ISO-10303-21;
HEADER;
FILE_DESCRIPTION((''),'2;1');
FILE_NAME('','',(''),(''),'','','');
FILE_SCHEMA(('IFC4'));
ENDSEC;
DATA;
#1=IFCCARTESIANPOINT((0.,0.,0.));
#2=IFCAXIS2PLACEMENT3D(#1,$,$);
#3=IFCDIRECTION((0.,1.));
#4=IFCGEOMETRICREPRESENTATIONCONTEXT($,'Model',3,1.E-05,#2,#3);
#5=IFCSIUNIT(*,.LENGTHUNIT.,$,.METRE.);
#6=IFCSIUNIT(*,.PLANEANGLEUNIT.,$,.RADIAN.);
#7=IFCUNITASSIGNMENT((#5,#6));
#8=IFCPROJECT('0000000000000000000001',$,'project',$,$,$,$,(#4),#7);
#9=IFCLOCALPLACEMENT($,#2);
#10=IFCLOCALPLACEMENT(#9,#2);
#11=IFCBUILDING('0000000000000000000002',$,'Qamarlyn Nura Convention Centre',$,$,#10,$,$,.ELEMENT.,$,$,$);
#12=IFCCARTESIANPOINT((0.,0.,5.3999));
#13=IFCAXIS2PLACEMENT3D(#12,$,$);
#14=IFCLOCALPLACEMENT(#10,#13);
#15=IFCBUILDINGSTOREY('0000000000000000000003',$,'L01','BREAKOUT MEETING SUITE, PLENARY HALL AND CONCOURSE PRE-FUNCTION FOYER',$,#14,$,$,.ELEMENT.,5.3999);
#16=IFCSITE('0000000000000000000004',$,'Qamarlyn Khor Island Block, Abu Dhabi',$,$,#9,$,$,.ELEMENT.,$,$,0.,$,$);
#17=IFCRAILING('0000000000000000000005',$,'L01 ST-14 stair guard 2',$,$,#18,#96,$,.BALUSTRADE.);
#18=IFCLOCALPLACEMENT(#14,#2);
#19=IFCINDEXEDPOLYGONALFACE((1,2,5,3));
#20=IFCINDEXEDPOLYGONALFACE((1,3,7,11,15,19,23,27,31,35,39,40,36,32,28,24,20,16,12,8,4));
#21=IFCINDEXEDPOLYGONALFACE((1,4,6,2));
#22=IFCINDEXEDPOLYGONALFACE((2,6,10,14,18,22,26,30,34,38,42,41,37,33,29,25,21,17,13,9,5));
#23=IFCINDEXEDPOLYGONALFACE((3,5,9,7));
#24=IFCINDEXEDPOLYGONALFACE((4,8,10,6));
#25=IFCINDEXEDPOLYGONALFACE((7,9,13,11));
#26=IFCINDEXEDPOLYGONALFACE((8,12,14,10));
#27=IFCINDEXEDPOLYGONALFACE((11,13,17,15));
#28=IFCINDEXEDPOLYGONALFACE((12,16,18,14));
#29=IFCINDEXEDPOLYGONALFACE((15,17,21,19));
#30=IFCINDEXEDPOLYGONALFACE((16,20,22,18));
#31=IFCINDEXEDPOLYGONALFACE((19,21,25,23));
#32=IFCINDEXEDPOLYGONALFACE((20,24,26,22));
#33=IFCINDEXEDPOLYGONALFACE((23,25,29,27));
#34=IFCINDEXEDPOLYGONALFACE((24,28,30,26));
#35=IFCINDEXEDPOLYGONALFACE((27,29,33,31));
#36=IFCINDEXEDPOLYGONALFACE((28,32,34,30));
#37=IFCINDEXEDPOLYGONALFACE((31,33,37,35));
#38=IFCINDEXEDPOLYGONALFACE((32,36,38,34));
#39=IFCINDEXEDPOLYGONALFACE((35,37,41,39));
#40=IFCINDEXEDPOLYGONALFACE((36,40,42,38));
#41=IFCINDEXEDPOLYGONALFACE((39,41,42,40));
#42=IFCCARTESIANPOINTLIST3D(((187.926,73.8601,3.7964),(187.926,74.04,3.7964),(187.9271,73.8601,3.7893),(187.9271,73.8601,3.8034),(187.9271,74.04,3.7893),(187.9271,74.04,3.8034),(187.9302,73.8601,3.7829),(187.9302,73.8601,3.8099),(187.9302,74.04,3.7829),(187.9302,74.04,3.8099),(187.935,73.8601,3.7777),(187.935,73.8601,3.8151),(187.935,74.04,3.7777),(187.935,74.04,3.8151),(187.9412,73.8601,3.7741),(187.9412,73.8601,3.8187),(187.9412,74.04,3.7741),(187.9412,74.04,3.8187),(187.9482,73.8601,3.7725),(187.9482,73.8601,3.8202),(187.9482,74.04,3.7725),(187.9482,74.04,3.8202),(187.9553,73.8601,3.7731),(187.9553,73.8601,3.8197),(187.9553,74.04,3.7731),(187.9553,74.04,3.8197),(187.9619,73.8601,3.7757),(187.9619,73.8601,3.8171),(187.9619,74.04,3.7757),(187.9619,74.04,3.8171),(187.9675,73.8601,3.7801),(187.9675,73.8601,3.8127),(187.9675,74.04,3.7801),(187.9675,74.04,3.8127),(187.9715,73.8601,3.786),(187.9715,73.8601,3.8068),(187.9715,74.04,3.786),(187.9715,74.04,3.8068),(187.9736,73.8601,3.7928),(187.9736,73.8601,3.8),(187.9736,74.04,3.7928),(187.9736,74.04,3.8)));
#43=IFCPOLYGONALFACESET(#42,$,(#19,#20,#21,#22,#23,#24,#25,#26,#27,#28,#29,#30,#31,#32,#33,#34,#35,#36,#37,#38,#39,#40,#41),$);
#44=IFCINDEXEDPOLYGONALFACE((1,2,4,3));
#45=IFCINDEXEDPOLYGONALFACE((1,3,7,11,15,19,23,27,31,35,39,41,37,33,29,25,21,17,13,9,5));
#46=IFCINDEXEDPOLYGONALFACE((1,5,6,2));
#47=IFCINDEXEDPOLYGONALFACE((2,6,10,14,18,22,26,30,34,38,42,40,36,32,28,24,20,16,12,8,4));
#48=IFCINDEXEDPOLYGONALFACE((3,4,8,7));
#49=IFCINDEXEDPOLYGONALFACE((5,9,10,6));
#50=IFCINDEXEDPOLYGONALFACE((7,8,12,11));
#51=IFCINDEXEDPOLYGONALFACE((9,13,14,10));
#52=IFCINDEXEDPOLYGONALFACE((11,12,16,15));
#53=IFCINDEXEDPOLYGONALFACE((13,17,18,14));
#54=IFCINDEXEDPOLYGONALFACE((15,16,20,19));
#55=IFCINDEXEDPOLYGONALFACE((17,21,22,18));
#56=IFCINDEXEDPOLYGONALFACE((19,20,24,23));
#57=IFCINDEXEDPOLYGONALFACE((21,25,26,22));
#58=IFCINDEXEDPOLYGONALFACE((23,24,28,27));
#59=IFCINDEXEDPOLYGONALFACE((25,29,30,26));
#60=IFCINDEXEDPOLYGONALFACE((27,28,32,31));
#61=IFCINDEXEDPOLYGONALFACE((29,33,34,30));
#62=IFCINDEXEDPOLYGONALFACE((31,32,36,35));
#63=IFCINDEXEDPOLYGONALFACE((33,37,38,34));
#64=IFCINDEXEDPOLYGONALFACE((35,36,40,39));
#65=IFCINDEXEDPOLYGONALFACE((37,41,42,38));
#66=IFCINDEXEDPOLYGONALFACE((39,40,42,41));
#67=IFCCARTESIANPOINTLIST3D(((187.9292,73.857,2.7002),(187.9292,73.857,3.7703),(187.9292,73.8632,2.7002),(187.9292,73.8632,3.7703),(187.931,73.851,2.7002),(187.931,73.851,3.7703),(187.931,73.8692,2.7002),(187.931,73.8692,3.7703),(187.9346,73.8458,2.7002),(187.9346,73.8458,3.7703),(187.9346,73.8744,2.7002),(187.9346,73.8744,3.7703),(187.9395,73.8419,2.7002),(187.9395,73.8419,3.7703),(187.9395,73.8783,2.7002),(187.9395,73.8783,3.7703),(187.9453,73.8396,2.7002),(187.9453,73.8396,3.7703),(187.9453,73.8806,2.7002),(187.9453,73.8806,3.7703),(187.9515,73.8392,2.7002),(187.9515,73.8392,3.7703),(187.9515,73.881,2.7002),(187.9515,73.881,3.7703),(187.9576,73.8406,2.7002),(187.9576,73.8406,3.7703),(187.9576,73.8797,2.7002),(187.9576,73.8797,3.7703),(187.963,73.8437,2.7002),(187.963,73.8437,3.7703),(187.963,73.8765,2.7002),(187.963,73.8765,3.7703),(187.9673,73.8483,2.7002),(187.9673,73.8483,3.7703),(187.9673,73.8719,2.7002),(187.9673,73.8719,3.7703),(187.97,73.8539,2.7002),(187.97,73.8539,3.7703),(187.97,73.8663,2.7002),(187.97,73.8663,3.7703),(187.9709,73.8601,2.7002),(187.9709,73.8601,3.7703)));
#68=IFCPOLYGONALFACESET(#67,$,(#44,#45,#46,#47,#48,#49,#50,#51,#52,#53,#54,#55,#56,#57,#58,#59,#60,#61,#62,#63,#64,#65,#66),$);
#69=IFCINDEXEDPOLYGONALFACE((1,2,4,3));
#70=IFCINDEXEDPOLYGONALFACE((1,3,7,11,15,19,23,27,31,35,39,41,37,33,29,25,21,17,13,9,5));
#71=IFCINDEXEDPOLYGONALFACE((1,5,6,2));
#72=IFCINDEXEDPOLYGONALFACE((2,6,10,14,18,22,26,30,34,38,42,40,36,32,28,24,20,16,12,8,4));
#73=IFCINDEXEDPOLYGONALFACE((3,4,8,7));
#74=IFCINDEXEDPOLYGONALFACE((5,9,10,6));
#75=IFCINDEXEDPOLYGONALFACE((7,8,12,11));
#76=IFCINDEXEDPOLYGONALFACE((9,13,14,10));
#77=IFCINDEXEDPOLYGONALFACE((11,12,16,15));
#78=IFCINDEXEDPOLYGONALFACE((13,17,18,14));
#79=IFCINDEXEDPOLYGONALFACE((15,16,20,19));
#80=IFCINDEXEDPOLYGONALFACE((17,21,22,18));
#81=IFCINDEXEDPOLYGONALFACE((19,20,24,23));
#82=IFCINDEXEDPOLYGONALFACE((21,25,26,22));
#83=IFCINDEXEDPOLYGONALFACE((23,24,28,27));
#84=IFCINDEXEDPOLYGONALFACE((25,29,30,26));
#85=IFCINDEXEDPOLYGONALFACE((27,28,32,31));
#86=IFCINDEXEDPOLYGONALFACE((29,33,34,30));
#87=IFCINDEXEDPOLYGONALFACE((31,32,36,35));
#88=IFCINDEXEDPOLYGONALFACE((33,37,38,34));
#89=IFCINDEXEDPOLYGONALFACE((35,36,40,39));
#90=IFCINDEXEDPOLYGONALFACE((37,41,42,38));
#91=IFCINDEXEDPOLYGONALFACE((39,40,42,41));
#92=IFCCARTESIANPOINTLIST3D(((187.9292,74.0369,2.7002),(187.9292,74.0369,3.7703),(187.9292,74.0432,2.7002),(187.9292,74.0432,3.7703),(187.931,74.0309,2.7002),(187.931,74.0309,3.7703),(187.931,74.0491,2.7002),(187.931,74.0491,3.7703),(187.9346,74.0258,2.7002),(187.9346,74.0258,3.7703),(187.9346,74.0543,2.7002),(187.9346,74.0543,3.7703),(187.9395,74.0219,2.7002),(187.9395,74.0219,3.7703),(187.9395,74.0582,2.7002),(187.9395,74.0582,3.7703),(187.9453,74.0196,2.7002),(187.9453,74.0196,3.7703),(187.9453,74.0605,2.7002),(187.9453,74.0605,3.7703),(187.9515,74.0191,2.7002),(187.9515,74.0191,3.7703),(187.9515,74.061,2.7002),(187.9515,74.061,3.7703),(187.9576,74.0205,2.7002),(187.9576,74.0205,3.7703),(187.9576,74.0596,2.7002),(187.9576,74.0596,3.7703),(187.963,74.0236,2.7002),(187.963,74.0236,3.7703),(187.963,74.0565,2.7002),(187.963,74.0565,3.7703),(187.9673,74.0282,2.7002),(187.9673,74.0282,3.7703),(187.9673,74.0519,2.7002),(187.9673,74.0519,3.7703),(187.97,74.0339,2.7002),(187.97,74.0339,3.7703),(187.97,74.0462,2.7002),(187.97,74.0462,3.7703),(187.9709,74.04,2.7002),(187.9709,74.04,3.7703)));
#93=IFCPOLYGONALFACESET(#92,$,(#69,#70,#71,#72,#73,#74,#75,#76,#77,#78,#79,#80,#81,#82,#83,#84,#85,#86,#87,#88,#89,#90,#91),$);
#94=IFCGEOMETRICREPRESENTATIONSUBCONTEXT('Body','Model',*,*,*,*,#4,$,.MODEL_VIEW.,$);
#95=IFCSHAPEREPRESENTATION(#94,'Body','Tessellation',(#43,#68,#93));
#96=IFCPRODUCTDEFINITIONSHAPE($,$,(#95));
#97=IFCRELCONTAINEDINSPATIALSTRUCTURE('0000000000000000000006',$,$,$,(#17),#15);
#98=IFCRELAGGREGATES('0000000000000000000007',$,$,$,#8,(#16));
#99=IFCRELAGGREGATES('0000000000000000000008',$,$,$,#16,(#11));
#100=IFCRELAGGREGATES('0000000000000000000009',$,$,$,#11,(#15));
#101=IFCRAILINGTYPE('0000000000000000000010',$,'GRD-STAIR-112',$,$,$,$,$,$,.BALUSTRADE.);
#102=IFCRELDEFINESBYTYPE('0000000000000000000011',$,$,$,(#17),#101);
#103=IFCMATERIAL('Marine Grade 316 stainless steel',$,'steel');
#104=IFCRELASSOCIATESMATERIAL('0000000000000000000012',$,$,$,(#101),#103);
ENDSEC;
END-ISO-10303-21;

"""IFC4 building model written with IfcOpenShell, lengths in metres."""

from ifc_helpers import new_model, si_unit, direction, frame, origin, origin_2d, place, context, subcontext, project, spatial, circle, extrude, material, type_object, element, save


model = new_model("IFC4")

# Units and contexts
model_context = context("Model", 3, precision=1e-05, world=origin(), true_north=direction((0.0, 1.0)))
body_context = subcontext(model_context, "Body", "Model", "MODEL_VIEW")
ifc_project = project(units=[si_unit("LENGTHUNIT", "METRE"), si_unit("PLANEANGLEUNIT", "RADIAN")], contexts=[model_context])

# Site, building, storey
site_placement = place(None, origin())
site = spatial("IfcSite", under=ifc_project, at=site_placement, Name="Qamarlyn Khor Island Block, Abu Dhabi", CompositionType="ELEMENT", RefElevation=0.0)
building_placement = place(site_placement, origin())
building = spatial("IfcBuilding", under=site, at=building_placement, Name="Qamarlyn Nura Convention Centre", CompositionType="ELEMENT")
storey_placement = place(building_placement, frame((0.0, 0.0, 5.3999)))
storey = spatial("IfcBuildingStorey", under=building, at=storey_placement, Name="L01", Description="BREAKOUT MEETING SUITE, PLENARY HALL AND CONCOURSE PRE-FUNCTION FOYER", CompositionType="ELEMENT", Elevation=5.3999)

# Railing
ifc_material_1 = material(Name="Marine Grade 316 stainless steel", Category="steel")
railing_type_1 = type_object("IfcRailingType", Name="GRD-STAIR-112", PredefinedType="BALUSTRADE", material=ifc_material_1)
railing_1_placement = place(storey_placement, frame((187.95, 73.8601, 2.7002)))
element("IfcRailing", 1, at=railing_1_placement, inside=storey, type_object=railing_type_1, Name="L01 ST-14 stair guard 2", PredefinedType="BALUSTRADE", context=body_context, shape_type="SweptSolid", body=[
    extrude(circle(Radius=0.0239, at=origin_2d()), frame((0.0, 0.0, 1.0962), z_axis=(0.0, 1.0, 0.0), x_axis=(-1.0, 0.0, 0.0)), (0.0, 0.0, 1.0), 0.1799),
    extrude(circle(Radius=0.021, at=origin_2d()), origin(), (0.0, 0.0, 1.0), 1.0701),
    extrude(circle(Radius=0.021, at=origin_2d()), frame((0.0, 0.1799, 0.0)), (0.0, 0.0, 1.0), 1.0701),
])

save(model, "model.ifc")
